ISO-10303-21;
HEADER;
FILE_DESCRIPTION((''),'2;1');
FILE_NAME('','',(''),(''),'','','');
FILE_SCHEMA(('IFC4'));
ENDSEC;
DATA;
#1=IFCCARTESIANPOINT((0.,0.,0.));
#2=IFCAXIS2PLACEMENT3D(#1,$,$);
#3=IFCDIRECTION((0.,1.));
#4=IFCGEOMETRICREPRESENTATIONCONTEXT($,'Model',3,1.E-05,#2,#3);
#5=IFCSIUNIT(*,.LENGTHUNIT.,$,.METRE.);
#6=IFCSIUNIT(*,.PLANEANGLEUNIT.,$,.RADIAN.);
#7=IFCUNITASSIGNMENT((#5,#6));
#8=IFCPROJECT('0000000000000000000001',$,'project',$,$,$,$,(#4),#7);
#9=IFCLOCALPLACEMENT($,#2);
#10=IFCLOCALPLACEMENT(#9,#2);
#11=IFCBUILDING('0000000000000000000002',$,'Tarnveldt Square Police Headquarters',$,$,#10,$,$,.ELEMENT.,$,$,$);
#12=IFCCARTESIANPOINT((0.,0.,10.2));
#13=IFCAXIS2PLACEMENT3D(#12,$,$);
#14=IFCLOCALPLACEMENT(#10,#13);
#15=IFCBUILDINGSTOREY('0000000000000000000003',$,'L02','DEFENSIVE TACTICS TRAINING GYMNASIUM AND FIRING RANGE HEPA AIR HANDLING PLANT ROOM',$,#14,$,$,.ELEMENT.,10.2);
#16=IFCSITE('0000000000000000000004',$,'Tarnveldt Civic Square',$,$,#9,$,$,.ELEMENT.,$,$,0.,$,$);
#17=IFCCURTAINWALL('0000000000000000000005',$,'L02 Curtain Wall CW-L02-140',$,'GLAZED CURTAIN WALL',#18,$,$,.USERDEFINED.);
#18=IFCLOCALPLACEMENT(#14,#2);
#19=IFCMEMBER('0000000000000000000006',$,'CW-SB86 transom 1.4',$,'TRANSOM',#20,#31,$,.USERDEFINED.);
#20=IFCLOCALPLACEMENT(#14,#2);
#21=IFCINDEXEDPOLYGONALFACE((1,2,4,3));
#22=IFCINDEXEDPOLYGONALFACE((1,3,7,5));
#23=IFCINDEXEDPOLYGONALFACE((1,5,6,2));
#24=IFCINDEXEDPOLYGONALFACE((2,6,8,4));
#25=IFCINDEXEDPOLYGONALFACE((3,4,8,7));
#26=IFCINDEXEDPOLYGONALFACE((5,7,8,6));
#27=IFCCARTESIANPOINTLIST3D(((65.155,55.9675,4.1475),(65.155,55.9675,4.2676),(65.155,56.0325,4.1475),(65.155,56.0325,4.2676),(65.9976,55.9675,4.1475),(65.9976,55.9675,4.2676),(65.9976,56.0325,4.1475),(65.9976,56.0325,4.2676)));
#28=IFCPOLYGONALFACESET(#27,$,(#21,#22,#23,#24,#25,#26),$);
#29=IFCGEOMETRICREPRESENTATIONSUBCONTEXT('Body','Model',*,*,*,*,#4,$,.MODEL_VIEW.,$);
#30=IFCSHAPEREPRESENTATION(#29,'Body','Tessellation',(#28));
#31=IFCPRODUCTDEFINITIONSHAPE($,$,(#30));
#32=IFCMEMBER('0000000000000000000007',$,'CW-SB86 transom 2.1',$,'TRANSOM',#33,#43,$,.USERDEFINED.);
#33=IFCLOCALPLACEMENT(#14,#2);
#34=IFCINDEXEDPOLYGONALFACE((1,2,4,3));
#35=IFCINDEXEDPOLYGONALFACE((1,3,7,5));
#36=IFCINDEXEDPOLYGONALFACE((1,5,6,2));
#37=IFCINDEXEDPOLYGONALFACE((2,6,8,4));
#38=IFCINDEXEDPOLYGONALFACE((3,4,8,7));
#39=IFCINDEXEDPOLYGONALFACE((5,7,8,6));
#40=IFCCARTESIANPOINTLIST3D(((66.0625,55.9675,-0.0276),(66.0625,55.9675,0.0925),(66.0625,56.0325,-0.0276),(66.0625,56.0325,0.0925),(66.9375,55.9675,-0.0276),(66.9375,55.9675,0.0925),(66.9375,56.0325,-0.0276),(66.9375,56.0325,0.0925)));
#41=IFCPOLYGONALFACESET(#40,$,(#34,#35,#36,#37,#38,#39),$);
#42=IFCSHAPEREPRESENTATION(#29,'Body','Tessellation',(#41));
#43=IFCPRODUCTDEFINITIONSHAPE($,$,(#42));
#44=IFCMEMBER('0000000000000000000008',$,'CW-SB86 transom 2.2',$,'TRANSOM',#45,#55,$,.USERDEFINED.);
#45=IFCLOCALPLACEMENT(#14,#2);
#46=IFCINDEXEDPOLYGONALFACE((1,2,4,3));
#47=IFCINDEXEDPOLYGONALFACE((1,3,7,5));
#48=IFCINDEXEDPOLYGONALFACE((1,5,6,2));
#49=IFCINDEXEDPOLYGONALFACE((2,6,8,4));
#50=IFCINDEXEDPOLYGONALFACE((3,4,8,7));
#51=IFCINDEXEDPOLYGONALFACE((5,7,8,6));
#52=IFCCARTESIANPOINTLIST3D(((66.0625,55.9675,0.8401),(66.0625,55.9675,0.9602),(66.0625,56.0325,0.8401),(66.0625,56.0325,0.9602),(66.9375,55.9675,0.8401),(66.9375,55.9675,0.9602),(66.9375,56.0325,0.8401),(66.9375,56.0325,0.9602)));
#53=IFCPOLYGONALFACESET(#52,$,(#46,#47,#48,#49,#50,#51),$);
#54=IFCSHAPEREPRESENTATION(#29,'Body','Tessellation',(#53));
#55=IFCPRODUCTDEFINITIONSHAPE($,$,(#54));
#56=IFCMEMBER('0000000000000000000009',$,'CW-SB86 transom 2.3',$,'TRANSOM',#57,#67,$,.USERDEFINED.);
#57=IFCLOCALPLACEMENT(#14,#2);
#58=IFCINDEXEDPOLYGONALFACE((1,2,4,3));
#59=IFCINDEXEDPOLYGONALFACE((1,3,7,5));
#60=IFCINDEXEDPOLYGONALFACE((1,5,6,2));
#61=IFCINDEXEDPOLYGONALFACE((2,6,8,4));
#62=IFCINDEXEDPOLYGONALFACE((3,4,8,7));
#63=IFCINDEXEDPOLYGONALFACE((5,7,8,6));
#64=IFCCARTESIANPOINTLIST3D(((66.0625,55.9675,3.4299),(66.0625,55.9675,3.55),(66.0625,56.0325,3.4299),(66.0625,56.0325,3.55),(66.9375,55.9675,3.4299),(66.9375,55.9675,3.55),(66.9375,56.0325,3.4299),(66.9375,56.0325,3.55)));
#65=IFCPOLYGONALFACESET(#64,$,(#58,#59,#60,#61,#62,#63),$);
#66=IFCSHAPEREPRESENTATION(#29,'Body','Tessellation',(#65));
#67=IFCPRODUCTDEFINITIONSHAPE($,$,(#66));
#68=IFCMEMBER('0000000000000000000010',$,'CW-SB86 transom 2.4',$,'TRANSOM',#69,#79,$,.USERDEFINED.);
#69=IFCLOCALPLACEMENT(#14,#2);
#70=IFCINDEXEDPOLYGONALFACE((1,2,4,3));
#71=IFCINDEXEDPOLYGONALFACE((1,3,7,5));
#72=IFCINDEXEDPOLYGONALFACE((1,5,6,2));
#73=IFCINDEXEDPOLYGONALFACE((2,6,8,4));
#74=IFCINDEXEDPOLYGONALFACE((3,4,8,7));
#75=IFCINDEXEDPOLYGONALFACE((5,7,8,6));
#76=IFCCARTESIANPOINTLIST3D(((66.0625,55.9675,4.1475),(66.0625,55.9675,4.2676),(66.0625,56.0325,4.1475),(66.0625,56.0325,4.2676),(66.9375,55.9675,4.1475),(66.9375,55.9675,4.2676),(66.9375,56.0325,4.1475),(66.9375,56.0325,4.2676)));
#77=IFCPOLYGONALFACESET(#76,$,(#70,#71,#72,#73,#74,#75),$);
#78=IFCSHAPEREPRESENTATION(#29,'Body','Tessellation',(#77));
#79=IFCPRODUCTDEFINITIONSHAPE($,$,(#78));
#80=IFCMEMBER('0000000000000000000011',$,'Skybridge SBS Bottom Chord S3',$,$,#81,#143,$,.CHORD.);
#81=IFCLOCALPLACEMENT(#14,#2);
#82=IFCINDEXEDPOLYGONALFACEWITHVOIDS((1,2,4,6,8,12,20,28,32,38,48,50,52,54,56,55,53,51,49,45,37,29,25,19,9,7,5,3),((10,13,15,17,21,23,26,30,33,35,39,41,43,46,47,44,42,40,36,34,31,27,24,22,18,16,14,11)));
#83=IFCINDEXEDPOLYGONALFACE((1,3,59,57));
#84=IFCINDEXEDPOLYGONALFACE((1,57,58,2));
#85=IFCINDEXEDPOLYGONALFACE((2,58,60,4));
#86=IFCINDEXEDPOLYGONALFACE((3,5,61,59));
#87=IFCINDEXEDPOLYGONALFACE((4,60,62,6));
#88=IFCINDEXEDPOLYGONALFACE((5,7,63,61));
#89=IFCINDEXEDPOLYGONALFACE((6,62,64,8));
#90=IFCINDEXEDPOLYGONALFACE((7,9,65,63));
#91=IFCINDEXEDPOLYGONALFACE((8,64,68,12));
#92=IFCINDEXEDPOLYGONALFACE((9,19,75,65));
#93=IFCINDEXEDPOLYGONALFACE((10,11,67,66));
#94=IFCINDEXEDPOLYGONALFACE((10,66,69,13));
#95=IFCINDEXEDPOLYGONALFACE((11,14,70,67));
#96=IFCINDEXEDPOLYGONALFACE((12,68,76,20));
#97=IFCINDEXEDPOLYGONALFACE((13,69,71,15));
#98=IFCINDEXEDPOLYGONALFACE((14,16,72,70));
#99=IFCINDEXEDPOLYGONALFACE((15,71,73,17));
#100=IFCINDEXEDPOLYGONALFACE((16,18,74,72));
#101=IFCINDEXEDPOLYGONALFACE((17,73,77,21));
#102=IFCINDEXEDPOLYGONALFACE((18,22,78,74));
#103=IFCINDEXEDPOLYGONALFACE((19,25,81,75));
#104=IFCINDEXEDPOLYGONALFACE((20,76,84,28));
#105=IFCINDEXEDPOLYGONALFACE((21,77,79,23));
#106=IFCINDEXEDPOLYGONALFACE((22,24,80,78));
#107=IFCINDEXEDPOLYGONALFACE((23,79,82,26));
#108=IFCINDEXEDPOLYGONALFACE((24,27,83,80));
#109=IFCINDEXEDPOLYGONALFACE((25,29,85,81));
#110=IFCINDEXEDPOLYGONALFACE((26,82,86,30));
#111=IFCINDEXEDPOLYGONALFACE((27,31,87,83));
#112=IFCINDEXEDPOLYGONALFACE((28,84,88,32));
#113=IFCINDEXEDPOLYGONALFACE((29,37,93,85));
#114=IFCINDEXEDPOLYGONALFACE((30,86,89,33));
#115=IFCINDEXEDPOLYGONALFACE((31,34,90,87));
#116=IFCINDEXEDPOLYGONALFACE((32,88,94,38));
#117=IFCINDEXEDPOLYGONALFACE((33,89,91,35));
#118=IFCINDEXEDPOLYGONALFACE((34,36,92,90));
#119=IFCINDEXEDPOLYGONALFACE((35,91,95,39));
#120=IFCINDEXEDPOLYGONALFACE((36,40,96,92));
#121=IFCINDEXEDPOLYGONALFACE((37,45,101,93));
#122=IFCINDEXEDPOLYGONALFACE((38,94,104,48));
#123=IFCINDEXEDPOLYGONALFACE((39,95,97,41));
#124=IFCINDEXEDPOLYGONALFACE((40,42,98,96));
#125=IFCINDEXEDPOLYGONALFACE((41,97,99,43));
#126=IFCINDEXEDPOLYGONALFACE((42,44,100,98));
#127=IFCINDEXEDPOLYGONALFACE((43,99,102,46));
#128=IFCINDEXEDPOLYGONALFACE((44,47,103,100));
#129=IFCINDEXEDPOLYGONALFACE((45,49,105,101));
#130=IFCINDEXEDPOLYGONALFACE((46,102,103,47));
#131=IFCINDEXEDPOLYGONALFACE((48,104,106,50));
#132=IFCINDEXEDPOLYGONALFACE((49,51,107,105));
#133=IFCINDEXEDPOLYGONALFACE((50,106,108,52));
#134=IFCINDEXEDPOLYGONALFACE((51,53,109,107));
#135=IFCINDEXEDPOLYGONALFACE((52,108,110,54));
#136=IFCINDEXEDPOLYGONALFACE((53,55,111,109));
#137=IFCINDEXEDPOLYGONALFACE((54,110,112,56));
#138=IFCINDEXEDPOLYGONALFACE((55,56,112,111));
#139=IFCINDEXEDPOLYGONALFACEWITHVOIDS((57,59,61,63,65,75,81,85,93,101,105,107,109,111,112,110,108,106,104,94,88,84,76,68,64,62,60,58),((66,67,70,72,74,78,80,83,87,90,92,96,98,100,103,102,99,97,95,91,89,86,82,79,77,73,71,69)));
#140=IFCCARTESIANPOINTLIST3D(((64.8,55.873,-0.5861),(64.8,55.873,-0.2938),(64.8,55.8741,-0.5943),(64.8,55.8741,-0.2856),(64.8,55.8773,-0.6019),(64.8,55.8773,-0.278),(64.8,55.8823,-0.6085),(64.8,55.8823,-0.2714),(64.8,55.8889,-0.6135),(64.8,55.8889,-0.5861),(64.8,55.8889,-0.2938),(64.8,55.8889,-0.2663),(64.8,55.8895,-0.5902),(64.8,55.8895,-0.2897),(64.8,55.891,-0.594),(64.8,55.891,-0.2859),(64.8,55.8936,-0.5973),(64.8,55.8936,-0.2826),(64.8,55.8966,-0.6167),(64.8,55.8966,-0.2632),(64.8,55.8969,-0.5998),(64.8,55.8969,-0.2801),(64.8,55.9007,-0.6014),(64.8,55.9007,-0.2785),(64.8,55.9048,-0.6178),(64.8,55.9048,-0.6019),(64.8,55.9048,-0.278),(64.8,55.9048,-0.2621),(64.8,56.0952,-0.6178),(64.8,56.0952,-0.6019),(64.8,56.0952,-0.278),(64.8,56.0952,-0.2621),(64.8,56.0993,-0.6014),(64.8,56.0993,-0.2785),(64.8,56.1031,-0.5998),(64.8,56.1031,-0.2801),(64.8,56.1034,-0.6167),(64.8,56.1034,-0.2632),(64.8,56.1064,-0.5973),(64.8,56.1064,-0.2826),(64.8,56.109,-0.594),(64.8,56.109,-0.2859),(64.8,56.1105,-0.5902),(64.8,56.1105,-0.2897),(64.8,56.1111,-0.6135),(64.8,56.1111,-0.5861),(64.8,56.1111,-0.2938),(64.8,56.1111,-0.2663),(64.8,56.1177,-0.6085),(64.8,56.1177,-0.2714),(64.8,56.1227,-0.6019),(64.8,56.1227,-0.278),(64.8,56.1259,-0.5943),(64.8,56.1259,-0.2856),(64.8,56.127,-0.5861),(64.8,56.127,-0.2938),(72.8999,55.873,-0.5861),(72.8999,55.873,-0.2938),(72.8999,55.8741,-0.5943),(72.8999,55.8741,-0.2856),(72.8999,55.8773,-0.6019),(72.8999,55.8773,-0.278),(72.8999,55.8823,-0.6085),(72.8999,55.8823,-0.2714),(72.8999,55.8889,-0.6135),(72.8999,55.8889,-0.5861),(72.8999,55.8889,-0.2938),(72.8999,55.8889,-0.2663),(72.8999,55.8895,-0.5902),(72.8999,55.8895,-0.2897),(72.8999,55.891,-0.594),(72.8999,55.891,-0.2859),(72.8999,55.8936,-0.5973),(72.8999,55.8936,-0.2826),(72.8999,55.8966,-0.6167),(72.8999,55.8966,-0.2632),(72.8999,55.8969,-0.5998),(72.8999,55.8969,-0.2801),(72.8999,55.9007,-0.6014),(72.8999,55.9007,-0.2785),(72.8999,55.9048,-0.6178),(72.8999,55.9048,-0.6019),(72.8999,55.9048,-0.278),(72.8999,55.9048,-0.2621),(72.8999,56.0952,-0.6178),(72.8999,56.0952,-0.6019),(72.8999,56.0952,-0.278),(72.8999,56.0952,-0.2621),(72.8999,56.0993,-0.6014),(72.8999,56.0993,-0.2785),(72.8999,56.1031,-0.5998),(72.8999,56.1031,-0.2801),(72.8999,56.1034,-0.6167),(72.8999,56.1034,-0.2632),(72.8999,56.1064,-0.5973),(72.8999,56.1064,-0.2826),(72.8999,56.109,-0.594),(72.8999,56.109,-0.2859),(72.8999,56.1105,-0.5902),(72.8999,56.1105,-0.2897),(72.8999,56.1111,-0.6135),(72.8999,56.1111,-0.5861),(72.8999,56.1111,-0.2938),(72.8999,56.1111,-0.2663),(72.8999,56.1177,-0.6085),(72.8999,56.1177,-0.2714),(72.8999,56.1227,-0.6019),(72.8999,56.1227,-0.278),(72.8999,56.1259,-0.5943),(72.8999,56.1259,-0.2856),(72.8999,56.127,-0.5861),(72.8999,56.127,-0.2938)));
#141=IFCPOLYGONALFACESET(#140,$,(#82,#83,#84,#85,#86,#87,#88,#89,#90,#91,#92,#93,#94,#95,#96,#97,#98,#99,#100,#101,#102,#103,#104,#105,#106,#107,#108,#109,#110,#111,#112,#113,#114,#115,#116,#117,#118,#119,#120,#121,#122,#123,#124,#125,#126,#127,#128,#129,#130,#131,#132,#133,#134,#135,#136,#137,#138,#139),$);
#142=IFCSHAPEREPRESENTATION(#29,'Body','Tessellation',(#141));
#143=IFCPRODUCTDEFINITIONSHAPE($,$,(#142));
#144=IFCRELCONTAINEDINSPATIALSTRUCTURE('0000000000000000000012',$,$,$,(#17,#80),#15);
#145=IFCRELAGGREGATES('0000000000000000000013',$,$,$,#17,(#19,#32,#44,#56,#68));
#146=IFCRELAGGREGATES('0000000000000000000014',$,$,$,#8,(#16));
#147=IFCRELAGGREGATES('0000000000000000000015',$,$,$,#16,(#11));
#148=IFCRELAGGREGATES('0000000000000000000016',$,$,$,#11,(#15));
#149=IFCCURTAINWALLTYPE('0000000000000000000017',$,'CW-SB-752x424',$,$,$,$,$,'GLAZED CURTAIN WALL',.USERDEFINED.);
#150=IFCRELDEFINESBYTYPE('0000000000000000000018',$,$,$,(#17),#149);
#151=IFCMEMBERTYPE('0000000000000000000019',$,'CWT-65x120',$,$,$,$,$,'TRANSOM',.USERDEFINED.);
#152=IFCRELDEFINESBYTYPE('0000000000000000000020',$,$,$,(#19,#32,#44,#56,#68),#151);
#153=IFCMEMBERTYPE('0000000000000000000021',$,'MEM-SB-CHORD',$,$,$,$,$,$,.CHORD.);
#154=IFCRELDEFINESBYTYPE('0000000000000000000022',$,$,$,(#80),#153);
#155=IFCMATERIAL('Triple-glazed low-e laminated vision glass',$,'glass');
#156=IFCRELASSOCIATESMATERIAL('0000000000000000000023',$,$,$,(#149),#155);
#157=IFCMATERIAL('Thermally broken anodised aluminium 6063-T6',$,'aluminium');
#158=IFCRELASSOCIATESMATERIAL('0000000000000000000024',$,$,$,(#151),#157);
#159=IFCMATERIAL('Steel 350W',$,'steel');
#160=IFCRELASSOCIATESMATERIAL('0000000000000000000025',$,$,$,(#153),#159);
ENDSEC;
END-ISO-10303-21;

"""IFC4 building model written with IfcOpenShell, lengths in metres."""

from ifc_helpers import new_model, si_unit, direction, frame, origin, origin_2d, place, context, subcontext, project, spatial, rectangle, hollow_rectangle, extrude, material, material_profile, profile_set, type_object, element, aggregate, save


model = new_model("IFC4")

# Units and contexts
model_context = context("Model", 3, precision=1e-05, world=origin(), true_north=direction((0.0, 1.0)))
body_context = subcontext(model_context, "Body", "Model", "MODEL_VIEW")
ifc_project = project(units=[si_unit("LENGTHUNIT", "METRE"), si_unit("PLANEANGLEUNIT", "RADIAN")], contexts=[model_context])

# Site, building, storey
site_placement = place(None, origin())
site = spatial("IfcSite", under=ifc_project, at=site_placement, Name="Tarnveldt Civic Square", CompositionType="ELEMENT", RefElevation=0.0)
building_placement = place(site_placement, origin())
building = spatial("IfcBuilding", under=site, at=building_placement, Name="Tarnveldt Square Police Headquarters", CompositionType="ELEMENT")
storey_placement = place(building_placement, frame((0.0, 0.0, 10.2)))
storey = spatial("IfcBuildingStorey", under=building, at=storey_placement, Name="L02", Description="DEFENSIVE TACTICS TRAINING GYMNASIUM AND FIRING RANGE HEPA AIR HANDLING PLANT ROOM", CompositionType="ELEMENT", Elevation=10.2)

# Shared definitions
ifc_material_1 = material(Name="Steel 350W", Category="steel")

# Curtain wall, members
ifc_material_2 = material(Name="Triple-glazed low-e laminated vision glass", Category="glass")
curtain_wall_type = type_object("IfcCurtainWallType", Name="CW-SB-752x424", ElementType="GLAZED CURTAIN WALL", PredefinedType="USERDEFINED", material=ifc_material_2)
curtain_wall_placement = place(storey_placement, origin())
curtain_wall = element("IfcCurtainWall", 1, at=curtain_wall_placement, inside=storey, type_object=curtain_wall_type, Name="L02 Curtain Wall CW-L02-140", ObjectType="GLAZED CURTAIN WALL", PredefinedType="USERDEFINED")
ifc_material_3 = material(Name="Thermally broken anodised aluminium 6063-T6", Category="aluminium")
ifc_material_profile_1 = material_profile(ifc_material_3, rectangle(XDim=0.0649, YDim=0.1201, at=origin_2d()), Name="CW-T65x120")
ifc_profile_set_1 = profile_set([ifc_material_profile_1], Name="Thermally broken anodised aluminium 6063-T6")
member_type_1 = type_object("IfcMemberType", Name="CWT-65x120", ElementType="TRANSOM", PredefinedType="USERDEFINED", material=ifc_profile_set_1)
member_1_placement = place(storey_placement, frame((65.155, 56.0, 4.2075), z_axis=(1.0, 0.0, 0.0), x_axis=(0.0, 1.0, 0.0)))
member_1 = element("IfcMember", 2, at=member_1_placement, type_object=member_type_1, Name="CW-SB86 transom 1.4", ObjectType="TRANSOM", PredefinedType="USERDEFINED", context=body_context, shape_type="SweptSolid", body=[
    extrude(rectangle(XDim=0.0649, YDim=0.1201, at=origin_2d()), origin(), (0.0, 0.0, 1.0), 0.8425),
])
member_2_placement = place(storey_placement, frame((66.0625, 56.0, 0.0325), z_axis=(1.0, 0.0, 0.0), x_axis=(0.0, 1.0, 0.0)))
member_2 = element("IfcMember", 3, at=member_2_placement, type_object=member_type_1, Name="CW-SB86 transom 2.1", ObjectType="TRANSOM", PredefinedType="USERDEFINED", context=body_context, shape_type="SweptSolid", body=[
    extrude(rectangle(XDim=0.0649, YDim=0.1201, at=origin_2d()), origin(), (0.0, 0.0, 1.0), 0.875),
])
member_3_placement = place(storey_placement, frame((66.0625, 56.0, 0.9001), z_axis=(1.0, 0.0, 0.0), x_axis=(0.0, 1.0, 0.0)))
member_3 = element("IfcMember", 4, at=member_3_placement, type_object=member_type_1, Name="CW-SB86 transom 2.2", ObjectType="TRANSOM", PredefinedType="USERDEFINED", context=body_context, shape_type="SweptSolid", body=[
    extrude(rectangle(XDim=0.0649, YDim=0.1201, at=origin_2d()), origin(), (0.0, 0.0, 1.0), 0.875),
])
member_4_placement = place(storey_placement, frame((66.0625, 56.0, 3.49), z_axis=(1.0, 0.0, 0.0), x_axis=(0.0, 1.0, 0.0)))
member_4 = element("IfcMember", 5, at=member_4_placement, type_object=member_type_1, Name="CW-SB86 transom 2.3", ObjectType="TRANSOM", PredefinedType="USERDEFINED", context=body_context, shape_type="SweptSolid", body=[
    extrude(rectangle(XDim=0.0649, YDim=0.1201, at=origin_2d()), origin(), (0.0, 0.0, 1.0), 0.875),
])
member_5_placement = place(storey_placement, frame((66.0625, 56.0, 4.2075), z_axis=(1.0, 0.0, 0.0), x_axis=(0.0, 1.0, 0.0)))
member_5 = element("IfcMember", 6, at=member_5_placement, type_object=member_type_1, Name="CW-SB86 transom 2.4", ObjectType="TRANSOM", PredefinedType="USERDEFINED", context=body_context, shape_type="SweptSolid", body=[
    extrude(rectangle(XDim=0.0649, YDim=0.1201, at=origin_2d()), origin(), (0.0, 0.0, 1.0), 0.875),
])

# Member
ifc_material_profile_2 = material_profile(ifc_material_1, hollow_rectangle(XDim=0.2539, YDim=0.3557, WallThickness=0.0159, InnerFilletRadius=0.0159, OuterFilletRadius=0.0317, at=origin_2d()), Name="HSS356x254x16")
ifc_profile_set_2 = profile_set([ifc_material_profile_2], Name="Steel 350W")
member_type_2 = type_object("IfcMemberType", Name="MEM-SB-CHORD", PredefinedType="CHORD", material=ifc_profile_set_2)
for number, where, z_axis, x_axis, name in (
    (7, (64.8, 56.0, -0.4399), (1.0, 0.0, 0.0), (0.0, 1.0, 0.0), "Skybridge SBS Bottom Chord S3"),
):
    element("IfcMember", number, at=place(storey_placement, frame(where, z_axis=z_axis, x_axis=x_axis)), inside=storey, type_object=member_type_2, Name=name, PredefinedType="CHORD", context=body_context, shape_type="SweptSolid", body=[
        extrude(hollow_rectangle(XDim=0.2539, YDim=0.3557, WallThickness=0.0159, InnerFilletRadius=0.0159, OuterFilletRadius=0.0317, at=origin_2d()), origin(), (0.0, 0.0, 1.0), 8.0999),
    ])

aggregate(curtain_wall, [member_1, member_2, member_3, member_4, member_5])

save(model, "model.ifc")
